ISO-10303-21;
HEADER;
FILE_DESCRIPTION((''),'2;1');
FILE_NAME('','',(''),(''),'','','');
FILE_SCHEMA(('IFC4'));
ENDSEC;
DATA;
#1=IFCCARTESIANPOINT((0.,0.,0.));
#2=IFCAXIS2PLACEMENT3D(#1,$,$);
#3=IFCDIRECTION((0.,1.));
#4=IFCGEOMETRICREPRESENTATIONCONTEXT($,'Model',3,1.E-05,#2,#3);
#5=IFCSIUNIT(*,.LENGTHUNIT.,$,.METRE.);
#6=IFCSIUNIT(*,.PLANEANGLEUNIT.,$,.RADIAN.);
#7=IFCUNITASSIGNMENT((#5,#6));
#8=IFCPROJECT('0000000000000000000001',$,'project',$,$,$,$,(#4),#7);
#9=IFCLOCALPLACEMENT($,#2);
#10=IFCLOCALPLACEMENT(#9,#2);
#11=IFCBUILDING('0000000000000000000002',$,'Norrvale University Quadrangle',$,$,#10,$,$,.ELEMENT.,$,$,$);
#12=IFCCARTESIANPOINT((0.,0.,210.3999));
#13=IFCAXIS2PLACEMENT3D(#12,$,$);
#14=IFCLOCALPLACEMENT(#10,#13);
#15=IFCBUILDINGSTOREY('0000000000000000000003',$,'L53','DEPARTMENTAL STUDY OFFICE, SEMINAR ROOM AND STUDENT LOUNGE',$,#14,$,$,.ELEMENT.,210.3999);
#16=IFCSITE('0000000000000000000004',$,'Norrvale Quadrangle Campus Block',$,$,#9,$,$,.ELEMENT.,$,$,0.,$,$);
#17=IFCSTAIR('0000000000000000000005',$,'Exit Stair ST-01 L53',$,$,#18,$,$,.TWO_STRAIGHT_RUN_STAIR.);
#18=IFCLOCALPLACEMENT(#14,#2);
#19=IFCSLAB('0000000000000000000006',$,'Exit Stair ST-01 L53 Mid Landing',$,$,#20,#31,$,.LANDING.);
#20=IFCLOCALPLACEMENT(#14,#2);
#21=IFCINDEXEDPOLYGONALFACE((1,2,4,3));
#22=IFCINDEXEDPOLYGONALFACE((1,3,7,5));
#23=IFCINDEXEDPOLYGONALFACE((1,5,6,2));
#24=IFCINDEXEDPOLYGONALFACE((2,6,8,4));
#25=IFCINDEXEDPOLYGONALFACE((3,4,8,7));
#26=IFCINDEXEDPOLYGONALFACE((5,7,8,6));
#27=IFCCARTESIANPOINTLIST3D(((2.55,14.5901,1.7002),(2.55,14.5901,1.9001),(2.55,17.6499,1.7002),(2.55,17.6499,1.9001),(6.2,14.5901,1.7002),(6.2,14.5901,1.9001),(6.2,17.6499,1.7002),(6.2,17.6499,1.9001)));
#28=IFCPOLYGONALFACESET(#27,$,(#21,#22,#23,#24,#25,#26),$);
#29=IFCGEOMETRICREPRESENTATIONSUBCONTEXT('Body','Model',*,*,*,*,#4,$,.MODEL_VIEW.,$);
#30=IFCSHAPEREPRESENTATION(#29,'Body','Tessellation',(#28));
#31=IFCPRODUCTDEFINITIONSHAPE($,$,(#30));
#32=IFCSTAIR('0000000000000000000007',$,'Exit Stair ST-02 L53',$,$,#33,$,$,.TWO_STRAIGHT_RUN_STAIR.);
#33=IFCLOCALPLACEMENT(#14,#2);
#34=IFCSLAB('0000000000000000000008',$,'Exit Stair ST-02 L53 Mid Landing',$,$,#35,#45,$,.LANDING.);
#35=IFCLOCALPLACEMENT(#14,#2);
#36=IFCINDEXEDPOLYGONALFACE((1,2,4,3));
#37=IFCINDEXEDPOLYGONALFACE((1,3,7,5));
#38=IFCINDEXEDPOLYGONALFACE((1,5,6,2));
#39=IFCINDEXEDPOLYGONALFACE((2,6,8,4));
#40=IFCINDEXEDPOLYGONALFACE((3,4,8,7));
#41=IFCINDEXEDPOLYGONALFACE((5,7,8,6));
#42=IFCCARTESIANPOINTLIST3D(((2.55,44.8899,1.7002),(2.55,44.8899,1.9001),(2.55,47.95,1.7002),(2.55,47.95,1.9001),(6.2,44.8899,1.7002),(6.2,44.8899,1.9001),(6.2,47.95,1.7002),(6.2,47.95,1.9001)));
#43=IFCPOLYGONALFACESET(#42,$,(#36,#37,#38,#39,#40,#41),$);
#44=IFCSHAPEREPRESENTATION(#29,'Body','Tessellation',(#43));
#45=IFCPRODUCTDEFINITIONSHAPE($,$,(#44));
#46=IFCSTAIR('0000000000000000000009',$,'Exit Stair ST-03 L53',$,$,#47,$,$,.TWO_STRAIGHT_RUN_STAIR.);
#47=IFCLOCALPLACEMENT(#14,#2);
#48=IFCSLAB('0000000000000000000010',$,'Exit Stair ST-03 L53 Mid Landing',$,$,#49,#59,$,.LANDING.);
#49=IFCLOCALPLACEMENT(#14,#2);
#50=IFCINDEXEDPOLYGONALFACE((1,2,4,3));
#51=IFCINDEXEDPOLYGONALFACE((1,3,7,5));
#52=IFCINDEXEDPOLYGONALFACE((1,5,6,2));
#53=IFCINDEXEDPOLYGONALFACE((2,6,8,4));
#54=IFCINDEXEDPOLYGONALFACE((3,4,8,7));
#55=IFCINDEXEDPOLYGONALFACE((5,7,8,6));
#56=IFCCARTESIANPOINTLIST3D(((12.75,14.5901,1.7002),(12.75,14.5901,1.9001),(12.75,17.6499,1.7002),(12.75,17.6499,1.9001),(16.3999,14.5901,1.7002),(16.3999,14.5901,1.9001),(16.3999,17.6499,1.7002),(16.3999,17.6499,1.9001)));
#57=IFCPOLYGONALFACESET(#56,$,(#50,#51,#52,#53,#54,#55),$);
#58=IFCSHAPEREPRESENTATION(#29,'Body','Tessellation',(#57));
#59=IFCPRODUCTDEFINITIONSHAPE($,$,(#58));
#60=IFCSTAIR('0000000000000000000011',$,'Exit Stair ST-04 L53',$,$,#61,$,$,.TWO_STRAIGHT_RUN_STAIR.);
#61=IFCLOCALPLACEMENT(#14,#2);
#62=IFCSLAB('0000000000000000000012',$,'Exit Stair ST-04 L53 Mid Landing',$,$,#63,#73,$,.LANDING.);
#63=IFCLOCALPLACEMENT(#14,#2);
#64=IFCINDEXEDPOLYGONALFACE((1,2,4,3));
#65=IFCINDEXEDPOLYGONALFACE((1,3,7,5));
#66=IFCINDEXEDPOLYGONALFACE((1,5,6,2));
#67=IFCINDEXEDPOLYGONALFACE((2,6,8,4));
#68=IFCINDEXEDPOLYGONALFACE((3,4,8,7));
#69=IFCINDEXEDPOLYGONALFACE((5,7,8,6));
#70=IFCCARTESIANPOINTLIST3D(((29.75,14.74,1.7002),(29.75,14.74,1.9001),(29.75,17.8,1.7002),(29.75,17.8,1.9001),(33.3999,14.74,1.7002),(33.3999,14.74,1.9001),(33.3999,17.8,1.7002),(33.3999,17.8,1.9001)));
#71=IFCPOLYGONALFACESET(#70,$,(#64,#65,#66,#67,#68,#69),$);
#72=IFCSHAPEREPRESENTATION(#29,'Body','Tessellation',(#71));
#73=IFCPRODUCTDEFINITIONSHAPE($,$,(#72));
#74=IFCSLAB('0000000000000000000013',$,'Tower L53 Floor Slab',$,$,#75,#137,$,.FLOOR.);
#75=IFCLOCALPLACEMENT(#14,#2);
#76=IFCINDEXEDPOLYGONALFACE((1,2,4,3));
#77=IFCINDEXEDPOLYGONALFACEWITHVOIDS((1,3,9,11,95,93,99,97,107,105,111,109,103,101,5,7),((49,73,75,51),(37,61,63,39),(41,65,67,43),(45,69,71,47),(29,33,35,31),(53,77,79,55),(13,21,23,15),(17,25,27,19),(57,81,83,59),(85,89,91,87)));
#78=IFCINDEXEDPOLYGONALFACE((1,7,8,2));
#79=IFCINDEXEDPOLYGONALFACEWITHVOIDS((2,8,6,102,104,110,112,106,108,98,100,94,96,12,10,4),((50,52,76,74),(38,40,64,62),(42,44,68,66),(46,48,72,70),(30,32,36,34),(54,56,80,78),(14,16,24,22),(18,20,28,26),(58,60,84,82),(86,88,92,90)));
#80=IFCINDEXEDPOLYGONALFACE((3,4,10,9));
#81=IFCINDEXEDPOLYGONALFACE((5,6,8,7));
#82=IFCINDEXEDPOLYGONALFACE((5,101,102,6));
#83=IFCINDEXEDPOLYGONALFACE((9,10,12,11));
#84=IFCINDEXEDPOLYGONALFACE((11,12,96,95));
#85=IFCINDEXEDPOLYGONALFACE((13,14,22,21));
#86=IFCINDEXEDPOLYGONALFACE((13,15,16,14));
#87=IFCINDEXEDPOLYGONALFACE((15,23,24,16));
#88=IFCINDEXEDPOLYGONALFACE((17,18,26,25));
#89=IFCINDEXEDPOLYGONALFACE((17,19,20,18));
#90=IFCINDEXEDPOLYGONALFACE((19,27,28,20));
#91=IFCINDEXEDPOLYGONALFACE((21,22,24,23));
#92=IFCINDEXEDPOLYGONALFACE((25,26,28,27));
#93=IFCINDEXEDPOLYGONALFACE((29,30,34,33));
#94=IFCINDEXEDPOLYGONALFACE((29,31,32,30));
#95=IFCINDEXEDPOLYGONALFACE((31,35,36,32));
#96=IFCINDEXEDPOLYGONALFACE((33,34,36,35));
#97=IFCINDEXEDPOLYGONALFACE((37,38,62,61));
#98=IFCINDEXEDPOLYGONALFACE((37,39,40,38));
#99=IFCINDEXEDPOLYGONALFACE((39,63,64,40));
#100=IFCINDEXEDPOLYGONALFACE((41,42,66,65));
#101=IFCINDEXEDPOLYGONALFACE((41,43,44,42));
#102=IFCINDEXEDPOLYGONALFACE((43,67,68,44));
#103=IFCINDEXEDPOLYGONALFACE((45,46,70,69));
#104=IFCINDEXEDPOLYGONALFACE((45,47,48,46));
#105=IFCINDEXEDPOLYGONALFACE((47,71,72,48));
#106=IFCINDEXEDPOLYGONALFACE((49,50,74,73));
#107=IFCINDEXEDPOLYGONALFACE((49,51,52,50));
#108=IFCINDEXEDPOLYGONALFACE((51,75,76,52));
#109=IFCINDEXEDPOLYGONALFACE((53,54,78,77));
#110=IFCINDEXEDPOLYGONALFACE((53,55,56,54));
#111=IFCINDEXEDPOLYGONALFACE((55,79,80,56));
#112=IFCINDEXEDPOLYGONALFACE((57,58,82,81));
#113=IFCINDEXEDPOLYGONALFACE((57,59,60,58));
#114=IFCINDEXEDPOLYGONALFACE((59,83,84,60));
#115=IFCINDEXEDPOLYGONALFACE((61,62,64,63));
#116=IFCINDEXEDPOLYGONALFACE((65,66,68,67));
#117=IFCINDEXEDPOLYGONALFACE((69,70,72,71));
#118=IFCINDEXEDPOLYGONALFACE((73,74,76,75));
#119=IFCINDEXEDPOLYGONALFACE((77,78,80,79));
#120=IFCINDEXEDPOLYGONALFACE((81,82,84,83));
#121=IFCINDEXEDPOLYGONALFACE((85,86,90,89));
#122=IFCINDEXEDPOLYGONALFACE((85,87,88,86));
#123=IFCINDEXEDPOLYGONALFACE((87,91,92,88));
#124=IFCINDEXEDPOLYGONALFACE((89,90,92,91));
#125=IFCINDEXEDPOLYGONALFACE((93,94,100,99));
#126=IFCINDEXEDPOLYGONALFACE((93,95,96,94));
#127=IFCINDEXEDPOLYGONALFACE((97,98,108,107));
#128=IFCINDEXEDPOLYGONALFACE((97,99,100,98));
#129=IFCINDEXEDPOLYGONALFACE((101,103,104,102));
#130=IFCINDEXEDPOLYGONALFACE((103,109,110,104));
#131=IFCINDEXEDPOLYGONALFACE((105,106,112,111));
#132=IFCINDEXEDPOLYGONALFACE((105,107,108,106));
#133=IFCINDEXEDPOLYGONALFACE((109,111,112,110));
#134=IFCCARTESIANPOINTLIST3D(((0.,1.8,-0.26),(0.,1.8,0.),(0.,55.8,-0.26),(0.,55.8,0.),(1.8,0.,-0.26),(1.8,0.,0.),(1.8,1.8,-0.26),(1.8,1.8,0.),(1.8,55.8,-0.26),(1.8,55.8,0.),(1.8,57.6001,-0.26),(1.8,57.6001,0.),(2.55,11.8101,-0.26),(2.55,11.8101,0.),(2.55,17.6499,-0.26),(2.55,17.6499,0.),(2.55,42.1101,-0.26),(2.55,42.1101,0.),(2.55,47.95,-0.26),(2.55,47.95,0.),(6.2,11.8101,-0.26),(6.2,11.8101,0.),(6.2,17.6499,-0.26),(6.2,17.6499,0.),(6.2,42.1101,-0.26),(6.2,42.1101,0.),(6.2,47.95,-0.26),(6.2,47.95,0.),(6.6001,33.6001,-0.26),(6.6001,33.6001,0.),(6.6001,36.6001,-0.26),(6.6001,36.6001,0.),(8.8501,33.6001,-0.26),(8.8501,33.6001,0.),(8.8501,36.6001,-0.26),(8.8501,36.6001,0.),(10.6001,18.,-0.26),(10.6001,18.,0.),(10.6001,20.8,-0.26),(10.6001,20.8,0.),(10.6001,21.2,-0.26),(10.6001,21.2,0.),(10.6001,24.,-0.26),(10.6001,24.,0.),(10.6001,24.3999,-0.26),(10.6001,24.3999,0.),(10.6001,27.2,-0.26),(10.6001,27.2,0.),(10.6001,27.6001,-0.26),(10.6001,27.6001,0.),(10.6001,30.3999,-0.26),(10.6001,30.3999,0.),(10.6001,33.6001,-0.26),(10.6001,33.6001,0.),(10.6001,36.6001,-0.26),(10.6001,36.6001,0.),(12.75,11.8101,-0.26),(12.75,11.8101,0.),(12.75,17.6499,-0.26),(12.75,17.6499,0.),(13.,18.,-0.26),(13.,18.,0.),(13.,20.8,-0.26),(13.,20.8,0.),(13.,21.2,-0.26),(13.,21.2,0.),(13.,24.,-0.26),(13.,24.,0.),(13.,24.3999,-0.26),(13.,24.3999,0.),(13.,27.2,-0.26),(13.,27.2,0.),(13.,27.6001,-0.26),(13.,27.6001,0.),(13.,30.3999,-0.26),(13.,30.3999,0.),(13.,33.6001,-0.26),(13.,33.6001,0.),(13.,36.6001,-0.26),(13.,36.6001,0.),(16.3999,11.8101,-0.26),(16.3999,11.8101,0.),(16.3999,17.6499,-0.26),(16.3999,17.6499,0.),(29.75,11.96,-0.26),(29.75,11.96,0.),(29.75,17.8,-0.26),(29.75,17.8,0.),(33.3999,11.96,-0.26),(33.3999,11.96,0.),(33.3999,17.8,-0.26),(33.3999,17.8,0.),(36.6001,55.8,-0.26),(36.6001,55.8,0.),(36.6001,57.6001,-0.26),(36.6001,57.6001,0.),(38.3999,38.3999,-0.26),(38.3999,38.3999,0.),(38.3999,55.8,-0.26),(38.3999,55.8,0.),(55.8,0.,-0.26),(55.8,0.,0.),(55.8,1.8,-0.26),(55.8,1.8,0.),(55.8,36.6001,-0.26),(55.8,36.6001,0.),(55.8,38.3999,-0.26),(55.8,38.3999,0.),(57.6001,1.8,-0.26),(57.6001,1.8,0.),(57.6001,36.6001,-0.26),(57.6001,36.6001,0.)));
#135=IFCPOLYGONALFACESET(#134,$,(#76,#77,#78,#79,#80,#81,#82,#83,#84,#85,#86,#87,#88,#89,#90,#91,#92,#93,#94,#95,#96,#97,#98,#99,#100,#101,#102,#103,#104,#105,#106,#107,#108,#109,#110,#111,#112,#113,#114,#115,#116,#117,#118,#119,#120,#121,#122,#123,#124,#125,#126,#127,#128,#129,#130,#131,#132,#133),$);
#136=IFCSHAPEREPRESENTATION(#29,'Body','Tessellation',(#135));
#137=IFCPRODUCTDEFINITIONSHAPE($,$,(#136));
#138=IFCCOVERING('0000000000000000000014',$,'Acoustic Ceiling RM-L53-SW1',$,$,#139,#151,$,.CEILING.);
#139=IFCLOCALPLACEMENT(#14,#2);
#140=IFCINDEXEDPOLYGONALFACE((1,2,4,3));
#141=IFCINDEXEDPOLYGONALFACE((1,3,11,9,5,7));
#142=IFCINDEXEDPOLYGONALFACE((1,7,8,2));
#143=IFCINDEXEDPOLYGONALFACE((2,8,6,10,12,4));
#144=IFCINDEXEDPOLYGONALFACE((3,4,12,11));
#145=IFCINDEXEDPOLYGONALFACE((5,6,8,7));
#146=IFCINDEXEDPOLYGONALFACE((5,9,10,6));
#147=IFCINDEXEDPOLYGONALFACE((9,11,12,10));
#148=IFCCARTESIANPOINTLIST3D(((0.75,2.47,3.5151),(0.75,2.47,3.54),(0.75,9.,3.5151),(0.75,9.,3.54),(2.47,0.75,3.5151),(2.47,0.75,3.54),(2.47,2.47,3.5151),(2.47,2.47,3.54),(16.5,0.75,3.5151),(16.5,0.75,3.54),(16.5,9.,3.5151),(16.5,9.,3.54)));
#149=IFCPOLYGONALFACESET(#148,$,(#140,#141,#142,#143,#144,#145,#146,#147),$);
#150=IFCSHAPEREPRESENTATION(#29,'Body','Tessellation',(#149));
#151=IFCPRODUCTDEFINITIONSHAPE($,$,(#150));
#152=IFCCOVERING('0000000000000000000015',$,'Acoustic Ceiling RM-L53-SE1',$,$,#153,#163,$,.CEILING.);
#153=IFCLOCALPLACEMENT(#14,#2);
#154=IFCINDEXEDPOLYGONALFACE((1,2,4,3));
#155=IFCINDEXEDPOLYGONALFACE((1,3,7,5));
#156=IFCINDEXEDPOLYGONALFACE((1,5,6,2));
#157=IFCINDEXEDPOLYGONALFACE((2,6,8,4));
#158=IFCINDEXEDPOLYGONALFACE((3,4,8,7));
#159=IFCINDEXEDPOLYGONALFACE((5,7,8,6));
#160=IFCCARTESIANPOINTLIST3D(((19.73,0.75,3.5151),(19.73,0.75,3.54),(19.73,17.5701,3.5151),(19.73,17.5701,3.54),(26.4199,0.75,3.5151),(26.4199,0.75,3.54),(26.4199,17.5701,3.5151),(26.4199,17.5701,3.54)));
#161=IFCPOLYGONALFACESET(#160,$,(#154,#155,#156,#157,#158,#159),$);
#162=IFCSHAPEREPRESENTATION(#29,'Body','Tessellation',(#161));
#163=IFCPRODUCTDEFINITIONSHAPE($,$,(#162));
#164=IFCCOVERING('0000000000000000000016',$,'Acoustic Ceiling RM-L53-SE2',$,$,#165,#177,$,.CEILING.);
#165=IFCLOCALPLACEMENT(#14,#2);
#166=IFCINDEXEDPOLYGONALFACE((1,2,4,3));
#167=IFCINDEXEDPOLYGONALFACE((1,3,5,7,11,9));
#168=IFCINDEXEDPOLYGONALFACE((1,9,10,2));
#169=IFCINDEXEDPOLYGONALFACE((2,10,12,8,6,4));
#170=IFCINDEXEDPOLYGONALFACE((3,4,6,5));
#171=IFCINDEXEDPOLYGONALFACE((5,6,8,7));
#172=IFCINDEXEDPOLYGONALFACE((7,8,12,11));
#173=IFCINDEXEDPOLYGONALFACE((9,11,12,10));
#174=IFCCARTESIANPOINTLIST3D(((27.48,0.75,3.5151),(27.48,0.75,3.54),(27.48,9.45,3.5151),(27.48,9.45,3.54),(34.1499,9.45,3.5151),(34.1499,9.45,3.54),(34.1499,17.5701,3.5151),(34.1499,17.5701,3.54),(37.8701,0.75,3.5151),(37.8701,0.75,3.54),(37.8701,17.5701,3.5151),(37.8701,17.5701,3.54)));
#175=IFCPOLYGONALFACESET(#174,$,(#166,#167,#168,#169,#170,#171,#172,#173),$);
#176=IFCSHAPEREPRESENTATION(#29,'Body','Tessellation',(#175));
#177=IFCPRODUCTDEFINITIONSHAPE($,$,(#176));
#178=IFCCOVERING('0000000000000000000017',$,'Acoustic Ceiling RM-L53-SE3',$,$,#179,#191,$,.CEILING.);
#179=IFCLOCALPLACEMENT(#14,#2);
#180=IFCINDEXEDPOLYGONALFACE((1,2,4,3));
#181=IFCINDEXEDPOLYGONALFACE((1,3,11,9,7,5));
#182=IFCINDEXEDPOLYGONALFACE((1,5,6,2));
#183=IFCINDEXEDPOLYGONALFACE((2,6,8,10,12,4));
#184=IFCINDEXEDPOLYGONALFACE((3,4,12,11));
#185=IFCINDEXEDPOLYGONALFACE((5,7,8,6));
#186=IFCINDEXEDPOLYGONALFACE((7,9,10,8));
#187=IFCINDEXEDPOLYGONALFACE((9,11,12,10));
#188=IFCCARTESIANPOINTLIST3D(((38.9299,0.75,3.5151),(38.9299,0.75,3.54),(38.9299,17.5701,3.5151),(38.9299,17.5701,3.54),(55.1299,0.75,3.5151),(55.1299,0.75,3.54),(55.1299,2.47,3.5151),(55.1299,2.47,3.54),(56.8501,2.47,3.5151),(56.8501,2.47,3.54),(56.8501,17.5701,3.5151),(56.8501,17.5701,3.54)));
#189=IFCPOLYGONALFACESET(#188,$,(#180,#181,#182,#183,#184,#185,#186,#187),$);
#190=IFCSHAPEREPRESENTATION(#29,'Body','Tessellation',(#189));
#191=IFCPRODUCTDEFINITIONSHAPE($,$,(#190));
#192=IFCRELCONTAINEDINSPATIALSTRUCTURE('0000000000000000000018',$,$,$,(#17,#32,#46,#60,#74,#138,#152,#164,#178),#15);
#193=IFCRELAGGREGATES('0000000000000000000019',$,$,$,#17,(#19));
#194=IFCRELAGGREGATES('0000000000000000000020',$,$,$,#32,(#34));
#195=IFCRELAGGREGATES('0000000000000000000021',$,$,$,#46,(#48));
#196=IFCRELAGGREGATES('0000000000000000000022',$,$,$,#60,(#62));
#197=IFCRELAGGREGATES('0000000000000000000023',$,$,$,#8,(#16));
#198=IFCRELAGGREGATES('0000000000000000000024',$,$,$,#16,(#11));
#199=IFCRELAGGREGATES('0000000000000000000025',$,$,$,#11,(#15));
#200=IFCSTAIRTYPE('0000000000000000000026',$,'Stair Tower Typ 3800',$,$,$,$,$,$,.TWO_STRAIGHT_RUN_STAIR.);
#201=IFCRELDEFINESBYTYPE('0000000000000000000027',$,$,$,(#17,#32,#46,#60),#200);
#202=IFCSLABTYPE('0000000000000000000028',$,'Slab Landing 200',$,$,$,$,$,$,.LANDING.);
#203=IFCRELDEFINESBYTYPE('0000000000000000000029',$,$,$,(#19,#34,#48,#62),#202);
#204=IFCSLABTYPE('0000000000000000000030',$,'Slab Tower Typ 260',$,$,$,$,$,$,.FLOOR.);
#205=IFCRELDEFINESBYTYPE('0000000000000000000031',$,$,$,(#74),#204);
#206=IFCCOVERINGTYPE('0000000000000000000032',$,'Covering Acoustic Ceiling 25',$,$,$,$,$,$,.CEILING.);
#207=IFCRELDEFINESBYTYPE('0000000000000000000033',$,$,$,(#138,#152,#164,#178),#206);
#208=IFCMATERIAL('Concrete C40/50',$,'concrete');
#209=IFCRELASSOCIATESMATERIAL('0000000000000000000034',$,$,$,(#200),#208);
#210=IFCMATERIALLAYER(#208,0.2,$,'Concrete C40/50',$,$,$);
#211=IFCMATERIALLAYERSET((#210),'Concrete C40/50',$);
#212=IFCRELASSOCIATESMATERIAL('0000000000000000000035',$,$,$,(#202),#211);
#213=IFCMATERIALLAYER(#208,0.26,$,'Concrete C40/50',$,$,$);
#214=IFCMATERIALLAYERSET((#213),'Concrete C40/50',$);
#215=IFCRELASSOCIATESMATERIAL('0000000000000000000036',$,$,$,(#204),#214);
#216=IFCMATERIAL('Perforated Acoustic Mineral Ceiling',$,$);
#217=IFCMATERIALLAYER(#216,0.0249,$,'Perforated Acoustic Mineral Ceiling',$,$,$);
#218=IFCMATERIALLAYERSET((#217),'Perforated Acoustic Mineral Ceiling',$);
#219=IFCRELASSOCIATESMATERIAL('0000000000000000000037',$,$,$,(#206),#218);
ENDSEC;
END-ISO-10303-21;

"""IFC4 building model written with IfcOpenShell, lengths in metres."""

from ifc_helpers import new_model, si_unit, direction, frame, origin, place, context, subcontext, project, spatial, polyline, outline, extrude, material, layer, layer_set, type_object, element, aggregate, save


model = new_model("IFC4")

# Units and contexts
model_context = context("Model", 3, precision=1e-05, world=origin(), true_north=direction((0.0, 1.0)))
body_context = subcontext(model_context, "Body", "Model", "MODEL_VIEW")
ifc_project = project(units=[si_unit("LENGTHUNIT", "METRE"), si_unit("PLANEANGLEUNIT", "RADIAN")], contexts=[model_context])

# Site, building, storey
site_placement = place(None, origin())
site = spatial("IfcSite", under=ifc_project, at=site_placement, Name="Norrvale Quadrangle Campus Block", CompositionType="ELEMENT", RefElevation=0.0)
building_placement = place(site_placement, origin())
building = spatial("IfcBuilding", under=site, at=building_placement, Name="Norrvale University Quadrangle", CompositionType="ELEMENT")
storey_placement = place(building_placement, frame((0.0, 0.0, 210.3999)))
storey = spatial("IfcBuildingStorey", under=building, at=storey_placement, Name="L53", Description="DEPARTMENTAL STUDY OFFICE, SEMINAR ROOM AND STUDENT LOUNGE", CompositionType="ELEMENT", Elevation=210.3999)

# Stairs, slabs
ifc_material_1 = material(Name="Concrete C40/50", Category="concrete")
stair_type = type_object("IfcStairType", Name="Stair Tower Typ 3800", PredefinedType="TWO_STRAIGHT_RUN_STAIR", material=ifc_material_1)
stair_1_placement = place(storey_placement, origin())
stair_1 = element("IfcStair", 1, at=stair_1_placement, inside=storey, type_object=stair_type, Name="Exit Stair ST-01 L53", PredefinedType="TWO_STRAIGHT_RUN_STAIR")
ifc_layer_1 = layer(ifc_material_1, 0.2, Name="Concrete C40/50")
ifc_layer_set_1 = layer_set([ifc_layer_1], Name="Concrete C40/50")
slab_type_1 = type_object("IfcSlabType", Name="Slab Landing 200", PredefinedType="LANDING", material=ifc_layer_set_1)
slab_1_placement = place(storey_placement, frame((0.0, 0.0, 1.7002)))
slab_1 = element("IfcSlab", 2, at=slab_1_placement, type_object=slab_type_1, Name="Exit Stair ST-01 L53 Mid Landing", PredefinedType="LANDING", context=body_context, shape_type="SweptSolid", body=[
    extrude(outline(polyline([(2.55, 14.5901), (6.2, 14.5901), (6.2, 17.6499), (2.55, 17.6499), (2.55, 14.5901)])), origin(), (0.0, 0.0, 1.0), 0.2),
])
aggregate(stair_1, [slab_1])
stair_2_placement = place(storey_placement, origin())
stair_2 = element("IfcStair", 3, at=stair_2_placement, inside=storey, type_object=stair_type, Name="Exit Stair ST-02 L53", PredefinedType="TWO_STRAIGHT_RUN_STAIR")
slab_2_placement = place(storey_placement, frame((0.0, 0.0, 1.7002)))
slab_2 = element("IfcSlab", 4, at=slab_2_placement, type_object=slab_type_1, Name="Exit Stair ST-02 L53 Mid Landing", PredefinedType="LANDING", context=body_context, shape_type="SweptSolid", body=[
    extrude(outline(polyline([(2.55, 44.8899), (6.2, 44.8899), (6.2, 47.95), (2.55, 47.95), (2.55, 44.8899)])), origin(), (0.0, 0.0, 1.0), 0.2),
])
aggregate(stair_2, [slab_2])
stair_3_placement = place(storey_placement, origin())
stair_3 = element("IfcStair", 5, at=stair_3_placement, inside=storey, type_object=stair_type, Name="Exit Stair ST-03 L53", PredefinedType="TWO_STRAIGHT_RUN_STAIR")
slab_3_placement = place(storey_placement, frame((0.0, 0.0, 1.7002)))
slab_3 = element("IfcSlab", 6, at=slab_3_placement, type_object=slab_type_1, Name="Exit Stair ST-03 L53 Mid Landing", PredefinedType="LANDING", context=body_context, shape_type="SweptSolid", body=[
    extrude(outline(polyline([(12.75, 14.5901), (16.3999, 14.5901), (16.3999, 17.6499), (12.75, 17.6499), (12.75, 14.5901)])), origin(), (0.0, 0.0, 1.0), 0.2),
])
aggregate(stair_3, [slab_3])
stair_4_placement = place(storey_placement, origin())
stair_4 = element("IfcStair", 7, at=stair_4_placement, inside=storey, type_object=stair_type, Name="Exit Stair ST-04 L53", PredefinedType="TWO_STRAIGHT_RUN_STAIR")
slab_4_placement = place(storey_placement, frame((0.0, 0.0, 1.7002)))
slab_4 = element("IfcSlab", 8, at=slab_4_placement, type_object=slab_type_1, Name="Exit Stair ST-04 L53 Mid Landing", PredefinedType="LANDING", context=body_context, shape_type="SweptSolid", body=[
    extrude(outline(polyline([(29.75, 14.74), (33.3999, 14.74), (33.3999, 17.8), (29.75, 17.8), (29.75, 14.74)])), origin(), (0.0, 0.0, 1.0), 0.2),
])
aggregate(stair_4, [slab_4])

# Slab
ifc_layer_2 = layer(ifc_material_1, 0.26, Name="Concrete C40/50")
ifc_layer_set_2 = layer_set([ifc_layer_2], Name="Concrete C40/50")
slab_type_2 = type_object("IfcSlabType", Name="Slab Tower Typ 260", PredefinedType="FLOOR", material=ifc_layer_set_2)
slab_5_placement = place(storey_placement, frame((0.0, 0.0, -0.26)))
element("IfcSlab", 9, at=slab_5_placement, inside=storey, type_object=slab_type_2, Name="Tower L53 Floor Slab", PredefinedType="FLOOR", context=body_context, shape_type="SweptSolid", body=[
    extrude(outline(polyline([(1.8, 0.0), (55.8, 0.0), (55.8, 1.8), (57.6001, 1.8), (57.6001, 36.6001), (55.8, 36.6001), (55.8, 38.3999), (38.3999, 38.3999), (38.3999, 55.8), (36.6001, 55.8), (36.6001, 57.6001), (1.8, 57.6001), (1.8, 55.8), (0.0, 55.8), (0.0, 1.8), (1.8, 1.8), (1.8, 0.0)]), holes=[polyline([(2.55, 11.8101), (6.2, 11.8101), (6.2, 17.6499), (2.55, 17.6499), (2.55, 11.8101)]), polyline([(2.55, 42.1101), (6.2, 42.1101), (6.2, 47.95), (2.55, 47.95), (2.55, 42.1101)]), polyline([(12.75, 11.8101), (16.3999, 11.8101), (16.3999, 17.6499), (12.75, 17.6499), (12.75, 11.8101)]), polyline([(29.75, 11.96), (33.3999, 11.96), (33.3999, 17.8), (29.75, 17.8), (29.75, 11.96)]), polyline([(10.6001, 18.0), (13.0, 18.0), (13.0, 20.8), (10.6001, 20.8), (10.6001, 18.0)]), polyline([(10.6001, 21.2), (13.0, 21.2), (13.0, 24.0), (10.6001, 24.0), (10.6001, 21.2)]), polyline([(10.6001, 24.3999), (13.0, 24.3999), (13.0, 27.2), (10.6001, 27.2), (10.6001, 24.3999)]), polyline([(10.6001, 27.6001), (13.0, 27.6001), (13.0, 30.3999), (10.6001, 30.3999), (10.6001, 27.6001)]), polyline([(6.6001, 33.6001), (8.8501, 33.6001), (8.8501, 36.6001), (6.6001, 36.6001), (6.6001, 33.6001)]), polyline([(10.6001, 33.6001), (13.0, 33.6001), (13.0, 36.6001), (10.6001, 36.6001), (10.6001, 33.6001)])]), origin(), (0.0, 0.0, 1.0), 0.26),
])

# Coverings
ifc_material_2 = material(Name="Perforated Acoustic Mineral Ceiling")
ifc_layer_3 = layer(ifc_material_2, 0.0249, Name="Perforated Acoustic Mineral Ceiling")
ifc_layer_set_3 = layer_set([ifc_layer_3], Name="Perforated Acoustic Mineral Ceiling")
covering_type_1 = type_object("IfcCoveringType", Name="Covering Acoustic Ceiling 25", PredefinedType="CEILING", material=ifc_layer_set_3)
covering_1_placement = place(storey_placement, frame((0.0, 0.0, 3.5151)))
element("IfcCovering", 10, at=covering_1_placement, inside=storey, type_object=covering_type_1, Name="Acoustic Ceiling RM-L53-SW1", PredefinedType="CEILING", context=body_context, shape_type="SweptSolid", body=[
    extrude(outline(polyline([(0.75, 9.0), (16.5, 9.0), (16.5, 0.75), (2.47, 0.75), (2.47, 2.47), (0.75, 2.47), (0.75, 9.0)])), origin(), (0.0, 0.0, 1.0), 0.0249),
])
covering_2_placement = place(storey_placement, frame((0.0, 0.0, 3.5151)))
element("IfcCovering", 11, at=covering_2_placement, inside=storey, type_object=covering_type_1, Name="Acoustic Ceiling RM-L53-SE1", PredefinedType="CEILING", context=body_context, shape_type="SweptSolid", body=[
    extrude(outline(polyline([(19.73, 17.5701), (26.4199, 17.5701), (26.4199, 0.75), (19.73, 0.75), (19.73, 17.5701)])), origin(), (0.0, 0.0, 1.0), 0.0249),
])
covering_3_placement = place(storey_placement, frame((0.0, 0.0, 3.5151)))
element("IfcCovering", 12, at=covering_3_placement, inside=storey, type_object=covering_type_1, Name="Acoustic Ceiling RM-L53-SE2", PredefinedType="CEILING", context=body_context, shape_type="SweptSolid", body=[
    extrude(outline(polyline([(27.48, 9.45), (34.1499, 9.45), (34.1499, 17.5701), (37.8701, 17.5701), (37.8701, 0.75), (27.48, 0.75), (27.48, 9.45)])), origin(), (0.0, 0.0, 1.0), 0.0249),
])
covering_4_placement = place(storey_placement, frame((0.0, 0.0, 3.5151)))
element("IfcCovering", 13, at=covering_4_placement, inside=storey, type_object=covering_type_1, Name="Acoustic Ceiling RM-L53-SE3", PredefinedType="CEILING", context=body_context, shape_type="SweptSolid", body=[
    extrude(outline(polyline([(38.9299, 0.75), (38.9299, 17.5701), (56.8501, 17.5701), (56.8501, 2.47), (55.1299, 2.47), (55.1299, 0.75), (38.9299, 0.75)])), origin(), (0.0, 0.0, 1.0), 0.0249),
])

save(model, "model.ifc")
